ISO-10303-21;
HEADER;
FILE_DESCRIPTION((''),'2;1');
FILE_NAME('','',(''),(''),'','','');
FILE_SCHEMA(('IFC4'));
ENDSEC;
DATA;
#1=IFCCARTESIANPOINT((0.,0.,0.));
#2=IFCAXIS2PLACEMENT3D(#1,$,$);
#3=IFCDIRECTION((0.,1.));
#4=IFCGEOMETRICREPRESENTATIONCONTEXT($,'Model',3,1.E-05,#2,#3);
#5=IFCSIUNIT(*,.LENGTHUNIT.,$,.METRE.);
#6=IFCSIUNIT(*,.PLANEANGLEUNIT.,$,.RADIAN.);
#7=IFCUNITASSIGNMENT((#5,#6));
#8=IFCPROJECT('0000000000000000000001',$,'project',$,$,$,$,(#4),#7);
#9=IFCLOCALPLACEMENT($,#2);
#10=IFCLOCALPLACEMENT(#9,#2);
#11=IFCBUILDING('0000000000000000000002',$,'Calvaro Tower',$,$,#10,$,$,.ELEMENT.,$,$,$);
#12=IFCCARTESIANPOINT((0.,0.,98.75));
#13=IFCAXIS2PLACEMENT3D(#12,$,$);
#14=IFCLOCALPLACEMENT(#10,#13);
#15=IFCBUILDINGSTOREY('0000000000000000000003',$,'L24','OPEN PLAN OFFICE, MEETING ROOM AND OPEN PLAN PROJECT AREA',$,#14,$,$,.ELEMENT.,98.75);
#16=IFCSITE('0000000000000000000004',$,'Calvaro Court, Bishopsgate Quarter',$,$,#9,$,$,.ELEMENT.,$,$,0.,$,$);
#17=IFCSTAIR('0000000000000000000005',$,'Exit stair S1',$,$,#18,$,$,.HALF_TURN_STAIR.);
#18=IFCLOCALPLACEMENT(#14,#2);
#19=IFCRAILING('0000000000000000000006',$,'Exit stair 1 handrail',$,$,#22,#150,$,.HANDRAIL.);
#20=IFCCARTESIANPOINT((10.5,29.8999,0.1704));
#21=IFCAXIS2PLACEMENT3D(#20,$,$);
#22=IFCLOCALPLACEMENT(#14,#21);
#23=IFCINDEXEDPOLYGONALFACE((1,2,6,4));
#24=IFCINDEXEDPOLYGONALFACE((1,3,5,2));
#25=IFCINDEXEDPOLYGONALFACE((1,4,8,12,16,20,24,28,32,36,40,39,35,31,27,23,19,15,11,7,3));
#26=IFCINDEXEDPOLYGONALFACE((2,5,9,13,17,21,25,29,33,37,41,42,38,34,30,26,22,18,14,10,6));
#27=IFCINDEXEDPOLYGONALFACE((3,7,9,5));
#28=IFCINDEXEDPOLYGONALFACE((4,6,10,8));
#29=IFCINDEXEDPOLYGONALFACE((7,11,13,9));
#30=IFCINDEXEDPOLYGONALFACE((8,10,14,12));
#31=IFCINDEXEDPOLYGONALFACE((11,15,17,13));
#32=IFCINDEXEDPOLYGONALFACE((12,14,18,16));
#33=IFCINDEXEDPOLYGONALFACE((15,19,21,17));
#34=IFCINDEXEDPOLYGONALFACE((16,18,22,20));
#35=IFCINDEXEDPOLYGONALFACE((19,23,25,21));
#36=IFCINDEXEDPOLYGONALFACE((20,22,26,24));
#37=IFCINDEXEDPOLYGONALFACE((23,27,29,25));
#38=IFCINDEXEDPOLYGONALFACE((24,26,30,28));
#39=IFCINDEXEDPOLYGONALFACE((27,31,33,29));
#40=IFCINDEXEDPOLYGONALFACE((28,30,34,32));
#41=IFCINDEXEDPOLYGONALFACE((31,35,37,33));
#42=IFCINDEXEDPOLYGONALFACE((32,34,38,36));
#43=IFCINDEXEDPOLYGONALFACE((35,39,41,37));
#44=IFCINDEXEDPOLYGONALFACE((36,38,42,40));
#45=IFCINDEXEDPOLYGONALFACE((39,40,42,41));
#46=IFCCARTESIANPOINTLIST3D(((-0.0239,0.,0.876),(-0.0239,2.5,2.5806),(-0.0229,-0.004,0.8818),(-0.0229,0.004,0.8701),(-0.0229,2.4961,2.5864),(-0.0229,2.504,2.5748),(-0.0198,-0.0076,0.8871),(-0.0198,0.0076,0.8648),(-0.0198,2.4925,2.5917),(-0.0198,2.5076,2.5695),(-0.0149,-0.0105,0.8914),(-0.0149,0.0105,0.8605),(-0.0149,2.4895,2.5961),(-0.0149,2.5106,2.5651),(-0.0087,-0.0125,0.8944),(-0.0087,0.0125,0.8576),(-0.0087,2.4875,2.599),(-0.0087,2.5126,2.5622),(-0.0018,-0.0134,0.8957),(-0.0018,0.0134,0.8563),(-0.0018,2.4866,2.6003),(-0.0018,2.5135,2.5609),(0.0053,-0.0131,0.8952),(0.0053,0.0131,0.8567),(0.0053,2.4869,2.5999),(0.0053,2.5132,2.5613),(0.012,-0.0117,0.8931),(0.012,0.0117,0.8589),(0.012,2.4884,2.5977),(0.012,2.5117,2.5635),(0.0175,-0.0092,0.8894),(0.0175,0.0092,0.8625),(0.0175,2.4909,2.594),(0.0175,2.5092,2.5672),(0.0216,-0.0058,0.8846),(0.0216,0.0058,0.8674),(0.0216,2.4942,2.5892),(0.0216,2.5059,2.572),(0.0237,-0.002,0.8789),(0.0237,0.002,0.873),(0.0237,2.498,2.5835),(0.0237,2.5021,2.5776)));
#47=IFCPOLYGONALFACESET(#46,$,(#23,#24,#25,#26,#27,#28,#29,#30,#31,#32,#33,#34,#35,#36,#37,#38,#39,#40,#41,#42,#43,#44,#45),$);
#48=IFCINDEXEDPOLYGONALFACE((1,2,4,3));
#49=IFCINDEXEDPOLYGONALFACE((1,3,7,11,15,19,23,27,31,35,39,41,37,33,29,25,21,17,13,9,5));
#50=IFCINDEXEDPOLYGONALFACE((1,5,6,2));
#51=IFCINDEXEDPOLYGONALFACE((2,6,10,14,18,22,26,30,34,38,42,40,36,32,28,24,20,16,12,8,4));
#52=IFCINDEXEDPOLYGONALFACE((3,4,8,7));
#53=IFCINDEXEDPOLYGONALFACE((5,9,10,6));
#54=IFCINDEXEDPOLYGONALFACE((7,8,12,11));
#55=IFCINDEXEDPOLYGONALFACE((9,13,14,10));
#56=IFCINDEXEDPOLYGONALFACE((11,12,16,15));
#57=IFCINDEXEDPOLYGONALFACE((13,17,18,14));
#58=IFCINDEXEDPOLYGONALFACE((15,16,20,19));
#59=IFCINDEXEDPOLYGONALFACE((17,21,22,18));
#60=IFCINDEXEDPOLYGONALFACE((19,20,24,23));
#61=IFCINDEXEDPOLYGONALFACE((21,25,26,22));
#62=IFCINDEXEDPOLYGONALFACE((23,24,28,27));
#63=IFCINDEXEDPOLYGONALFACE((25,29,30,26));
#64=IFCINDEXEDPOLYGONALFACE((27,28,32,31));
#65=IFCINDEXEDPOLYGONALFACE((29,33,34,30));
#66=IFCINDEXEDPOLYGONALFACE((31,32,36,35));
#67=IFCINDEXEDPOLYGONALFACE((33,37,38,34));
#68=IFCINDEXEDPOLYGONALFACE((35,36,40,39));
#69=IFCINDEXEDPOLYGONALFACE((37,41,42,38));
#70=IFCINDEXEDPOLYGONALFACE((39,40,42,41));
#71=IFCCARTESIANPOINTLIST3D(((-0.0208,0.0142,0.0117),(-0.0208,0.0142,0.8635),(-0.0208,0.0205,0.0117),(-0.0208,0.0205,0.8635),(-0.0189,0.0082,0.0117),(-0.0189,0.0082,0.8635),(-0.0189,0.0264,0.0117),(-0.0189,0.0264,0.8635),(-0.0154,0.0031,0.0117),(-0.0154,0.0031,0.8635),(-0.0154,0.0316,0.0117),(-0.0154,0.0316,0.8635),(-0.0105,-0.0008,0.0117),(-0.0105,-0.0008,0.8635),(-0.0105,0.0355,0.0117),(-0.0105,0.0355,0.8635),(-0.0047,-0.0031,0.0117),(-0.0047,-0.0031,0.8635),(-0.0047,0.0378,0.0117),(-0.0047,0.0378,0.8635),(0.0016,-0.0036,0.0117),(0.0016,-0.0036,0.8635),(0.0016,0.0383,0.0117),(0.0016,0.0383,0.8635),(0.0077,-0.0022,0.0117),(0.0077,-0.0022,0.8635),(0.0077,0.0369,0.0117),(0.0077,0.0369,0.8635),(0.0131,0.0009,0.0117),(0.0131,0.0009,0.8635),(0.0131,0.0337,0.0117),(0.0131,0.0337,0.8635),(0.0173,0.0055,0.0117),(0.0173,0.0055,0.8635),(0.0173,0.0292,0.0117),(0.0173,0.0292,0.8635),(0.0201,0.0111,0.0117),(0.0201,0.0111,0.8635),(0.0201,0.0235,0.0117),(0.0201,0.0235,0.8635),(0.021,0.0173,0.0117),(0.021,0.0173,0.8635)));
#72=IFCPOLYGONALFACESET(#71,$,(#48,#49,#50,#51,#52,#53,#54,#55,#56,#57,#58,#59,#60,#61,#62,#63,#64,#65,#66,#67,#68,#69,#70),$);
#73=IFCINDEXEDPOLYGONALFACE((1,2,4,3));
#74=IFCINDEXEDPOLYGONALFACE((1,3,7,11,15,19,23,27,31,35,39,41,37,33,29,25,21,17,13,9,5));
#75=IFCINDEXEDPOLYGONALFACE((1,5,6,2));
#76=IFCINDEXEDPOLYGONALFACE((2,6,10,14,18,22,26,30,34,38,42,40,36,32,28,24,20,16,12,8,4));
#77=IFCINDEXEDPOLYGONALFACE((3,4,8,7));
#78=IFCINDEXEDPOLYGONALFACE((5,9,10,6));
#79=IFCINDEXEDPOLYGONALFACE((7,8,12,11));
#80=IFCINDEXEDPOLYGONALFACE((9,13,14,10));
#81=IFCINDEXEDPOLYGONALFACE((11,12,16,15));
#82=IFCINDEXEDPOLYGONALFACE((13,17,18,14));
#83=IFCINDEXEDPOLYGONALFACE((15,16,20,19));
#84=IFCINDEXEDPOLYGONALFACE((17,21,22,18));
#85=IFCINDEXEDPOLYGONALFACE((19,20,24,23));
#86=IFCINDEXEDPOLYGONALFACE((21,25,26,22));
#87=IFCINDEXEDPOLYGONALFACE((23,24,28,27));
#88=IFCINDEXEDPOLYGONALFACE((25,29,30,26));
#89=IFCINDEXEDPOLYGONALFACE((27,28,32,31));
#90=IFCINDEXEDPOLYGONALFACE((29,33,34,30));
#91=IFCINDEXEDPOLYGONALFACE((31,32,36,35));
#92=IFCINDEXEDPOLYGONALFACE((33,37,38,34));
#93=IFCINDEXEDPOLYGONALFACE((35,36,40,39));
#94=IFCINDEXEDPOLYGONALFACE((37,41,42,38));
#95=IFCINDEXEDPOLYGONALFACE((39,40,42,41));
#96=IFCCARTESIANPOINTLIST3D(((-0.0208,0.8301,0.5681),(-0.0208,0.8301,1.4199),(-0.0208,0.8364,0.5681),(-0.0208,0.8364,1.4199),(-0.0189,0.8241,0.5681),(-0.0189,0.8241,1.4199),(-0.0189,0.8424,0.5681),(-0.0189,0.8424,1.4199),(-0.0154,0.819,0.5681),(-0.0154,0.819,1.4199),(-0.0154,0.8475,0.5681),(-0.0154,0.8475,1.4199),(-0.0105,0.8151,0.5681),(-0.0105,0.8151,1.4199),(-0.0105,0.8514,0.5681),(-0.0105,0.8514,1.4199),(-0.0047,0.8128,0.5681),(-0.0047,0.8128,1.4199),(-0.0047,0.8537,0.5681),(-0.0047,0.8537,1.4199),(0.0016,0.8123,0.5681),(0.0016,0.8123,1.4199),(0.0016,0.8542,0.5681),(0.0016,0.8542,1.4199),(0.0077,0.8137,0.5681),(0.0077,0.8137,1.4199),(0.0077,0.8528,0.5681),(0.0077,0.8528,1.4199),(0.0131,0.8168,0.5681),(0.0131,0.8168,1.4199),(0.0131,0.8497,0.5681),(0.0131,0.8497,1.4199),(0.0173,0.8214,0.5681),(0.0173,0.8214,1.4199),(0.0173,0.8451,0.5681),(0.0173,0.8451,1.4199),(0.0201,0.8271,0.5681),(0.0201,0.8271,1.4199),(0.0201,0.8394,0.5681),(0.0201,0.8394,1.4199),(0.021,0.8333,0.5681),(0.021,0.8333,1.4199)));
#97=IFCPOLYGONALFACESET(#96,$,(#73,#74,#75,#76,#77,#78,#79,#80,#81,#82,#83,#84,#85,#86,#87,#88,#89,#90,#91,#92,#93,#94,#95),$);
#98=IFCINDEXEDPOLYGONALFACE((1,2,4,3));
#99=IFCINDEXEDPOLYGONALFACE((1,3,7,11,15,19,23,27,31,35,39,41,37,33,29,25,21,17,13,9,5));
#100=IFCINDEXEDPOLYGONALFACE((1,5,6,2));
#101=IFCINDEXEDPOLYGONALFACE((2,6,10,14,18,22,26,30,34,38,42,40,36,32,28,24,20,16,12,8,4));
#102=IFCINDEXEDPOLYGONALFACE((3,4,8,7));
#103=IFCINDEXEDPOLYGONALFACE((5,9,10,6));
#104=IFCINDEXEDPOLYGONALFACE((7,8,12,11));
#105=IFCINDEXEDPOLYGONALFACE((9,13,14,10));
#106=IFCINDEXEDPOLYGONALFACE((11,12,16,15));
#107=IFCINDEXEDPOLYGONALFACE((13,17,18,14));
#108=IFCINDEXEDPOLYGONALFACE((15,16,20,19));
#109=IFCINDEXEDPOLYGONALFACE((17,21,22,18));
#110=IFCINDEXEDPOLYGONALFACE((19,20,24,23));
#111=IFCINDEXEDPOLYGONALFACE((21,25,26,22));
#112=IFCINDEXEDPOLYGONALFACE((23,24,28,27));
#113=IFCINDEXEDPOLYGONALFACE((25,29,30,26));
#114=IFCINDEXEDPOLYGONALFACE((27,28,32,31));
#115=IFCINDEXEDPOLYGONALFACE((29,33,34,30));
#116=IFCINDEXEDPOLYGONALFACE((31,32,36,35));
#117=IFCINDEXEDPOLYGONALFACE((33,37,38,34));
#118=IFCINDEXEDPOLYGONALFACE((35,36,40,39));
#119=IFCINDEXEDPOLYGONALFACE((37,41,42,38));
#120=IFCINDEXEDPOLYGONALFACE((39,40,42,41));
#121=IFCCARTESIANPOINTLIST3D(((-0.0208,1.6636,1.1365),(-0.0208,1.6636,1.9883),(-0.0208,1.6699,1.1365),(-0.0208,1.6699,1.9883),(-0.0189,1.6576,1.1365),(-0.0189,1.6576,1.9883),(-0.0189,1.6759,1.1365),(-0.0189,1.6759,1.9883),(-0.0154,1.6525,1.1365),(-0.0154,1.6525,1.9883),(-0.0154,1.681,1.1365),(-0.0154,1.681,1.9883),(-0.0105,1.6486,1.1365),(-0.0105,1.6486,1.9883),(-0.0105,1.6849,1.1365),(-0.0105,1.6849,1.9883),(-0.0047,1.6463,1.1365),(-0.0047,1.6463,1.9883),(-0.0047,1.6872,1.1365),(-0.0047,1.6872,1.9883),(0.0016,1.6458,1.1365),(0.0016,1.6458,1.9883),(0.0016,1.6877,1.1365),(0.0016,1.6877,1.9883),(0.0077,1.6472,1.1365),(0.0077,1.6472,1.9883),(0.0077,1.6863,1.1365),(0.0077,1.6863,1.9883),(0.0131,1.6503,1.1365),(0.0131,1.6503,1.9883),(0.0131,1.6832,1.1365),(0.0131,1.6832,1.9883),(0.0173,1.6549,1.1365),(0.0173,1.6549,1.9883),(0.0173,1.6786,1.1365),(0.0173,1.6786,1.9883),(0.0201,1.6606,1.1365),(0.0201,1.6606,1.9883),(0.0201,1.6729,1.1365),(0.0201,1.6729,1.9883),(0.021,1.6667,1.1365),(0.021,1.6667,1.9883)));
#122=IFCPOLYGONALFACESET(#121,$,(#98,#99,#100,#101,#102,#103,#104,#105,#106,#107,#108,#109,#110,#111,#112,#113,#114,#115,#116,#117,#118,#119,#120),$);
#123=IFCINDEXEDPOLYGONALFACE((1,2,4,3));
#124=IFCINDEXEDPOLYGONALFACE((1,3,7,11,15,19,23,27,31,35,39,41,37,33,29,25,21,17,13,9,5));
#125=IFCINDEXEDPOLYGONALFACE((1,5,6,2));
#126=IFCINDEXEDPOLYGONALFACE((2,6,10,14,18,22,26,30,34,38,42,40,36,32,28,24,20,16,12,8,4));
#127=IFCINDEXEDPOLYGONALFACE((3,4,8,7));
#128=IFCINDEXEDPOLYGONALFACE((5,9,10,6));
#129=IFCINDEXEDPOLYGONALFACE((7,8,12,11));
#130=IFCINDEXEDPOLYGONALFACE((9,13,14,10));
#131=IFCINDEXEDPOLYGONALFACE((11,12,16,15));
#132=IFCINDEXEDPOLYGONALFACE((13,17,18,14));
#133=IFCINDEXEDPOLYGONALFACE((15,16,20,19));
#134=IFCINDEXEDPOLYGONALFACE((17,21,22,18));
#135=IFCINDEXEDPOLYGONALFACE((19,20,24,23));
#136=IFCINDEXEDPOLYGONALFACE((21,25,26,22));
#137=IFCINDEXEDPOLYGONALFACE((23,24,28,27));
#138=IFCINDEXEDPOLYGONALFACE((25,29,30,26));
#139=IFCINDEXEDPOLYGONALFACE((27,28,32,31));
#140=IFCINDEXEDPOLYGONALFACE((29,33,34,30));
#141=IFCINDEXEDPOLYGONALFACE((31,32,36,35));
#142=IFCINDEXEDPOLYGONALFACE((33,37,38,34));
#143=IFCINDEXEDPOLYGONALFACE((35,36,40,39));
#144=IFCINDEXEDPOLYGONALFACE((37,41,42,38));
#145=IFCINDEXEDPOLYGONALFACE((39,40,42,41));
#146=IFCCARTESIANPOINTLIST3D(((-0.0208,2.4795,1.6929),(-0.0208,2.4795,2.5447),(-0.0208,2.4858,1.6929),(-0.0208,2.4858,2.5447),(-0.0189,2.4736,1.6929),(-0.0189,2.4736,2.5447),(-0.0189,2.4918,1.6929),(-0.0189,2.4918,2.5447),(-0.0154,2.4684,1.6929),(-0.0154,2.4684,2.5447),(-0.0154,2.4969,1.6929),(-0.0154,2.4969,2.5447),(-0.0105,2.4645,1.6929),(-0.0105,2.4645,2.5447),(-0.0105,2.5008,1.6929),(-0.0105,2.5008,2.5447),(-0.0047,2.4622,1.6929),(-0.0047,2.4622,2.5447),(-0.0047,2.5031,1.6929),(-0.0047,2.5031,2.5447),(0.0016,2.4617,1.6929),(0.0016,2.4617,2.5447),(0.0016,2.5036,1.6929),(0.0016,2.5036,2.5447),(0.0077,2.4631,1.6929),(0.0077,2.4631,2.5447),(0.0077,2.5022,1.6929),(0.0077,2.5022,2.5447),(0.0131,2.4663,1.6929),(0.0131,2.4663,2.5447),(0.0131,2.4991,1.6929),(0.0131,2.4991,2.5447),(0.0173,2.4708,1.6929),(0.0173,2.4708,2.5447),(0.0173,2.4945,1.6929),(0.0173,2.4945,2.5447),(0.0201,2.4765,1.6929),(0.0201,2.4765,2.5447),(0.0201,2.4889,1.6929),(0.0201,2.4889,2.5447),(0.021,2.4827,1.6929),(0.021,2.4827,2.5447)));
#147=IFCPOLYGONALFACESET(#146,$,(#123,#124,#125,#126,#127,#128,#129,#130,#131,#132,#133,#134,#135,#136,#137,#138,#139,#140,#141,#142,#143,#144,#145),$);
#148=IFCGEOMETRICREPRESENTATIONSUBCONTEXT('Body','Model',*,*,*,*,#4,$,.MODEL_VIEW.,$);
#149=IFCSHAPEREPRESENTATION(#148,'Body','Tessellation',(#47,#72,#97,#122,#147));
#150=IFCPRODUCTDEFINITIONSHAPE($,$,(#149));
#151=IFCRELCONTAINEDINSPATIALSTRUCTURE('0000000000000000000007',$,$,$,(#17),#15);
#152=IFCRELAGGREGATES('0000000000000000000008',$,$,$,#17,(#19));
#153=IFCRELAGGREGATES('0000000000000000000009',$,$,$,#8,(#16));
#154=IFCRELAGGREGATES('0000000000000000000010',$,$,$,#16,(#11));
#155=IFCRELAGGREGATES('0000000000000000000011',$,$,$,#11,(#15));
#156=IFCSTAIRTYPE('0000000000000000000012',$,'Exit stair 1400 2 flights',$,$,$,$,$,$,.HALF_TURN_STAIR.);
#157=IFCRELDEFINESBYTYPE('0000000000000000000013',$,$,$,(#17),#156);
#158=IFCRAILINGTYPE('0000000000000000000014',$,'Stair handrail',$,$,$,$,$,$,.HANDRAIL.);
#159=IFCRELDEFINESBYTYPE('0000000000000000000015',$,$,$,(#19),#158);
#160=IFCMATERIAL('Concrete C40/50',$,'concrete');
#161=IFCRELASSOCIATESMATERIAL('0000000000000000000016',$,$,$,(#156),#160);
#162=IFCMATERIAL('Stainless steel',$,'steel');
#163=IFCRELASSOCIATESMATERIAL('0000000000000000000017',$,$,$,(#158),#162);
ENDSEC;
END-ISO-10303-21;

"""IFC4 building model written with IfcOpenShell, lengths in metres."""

from ifc_helpers import new_model, si_unit, direction, frame, origin, origin_2d, place, context, subcontext, project, spatial, circle, extrude, material, type_object, element, aggregate, save


model = new_model("IFC4")

# Units and contexts
model_context = context("Model", 3, precision=1e-05, world=origin(), true_north=direction((0.0, 1.0)))
body_context = subcontext(model_context, "Body", "Model", "MODEL_VIEW")
ifc_project = project(units=[si_unit("LENGTHUNIT", "METRE"), si_unit("PLANEANGLEUNIT", "RADIAN")], contexts=[model_context])

# Site, building, storey
site_placement = place(None, origin())
site = spatial("IfcSite", under=ifc_project, at=site_placement, Name="Calvaro Court, Bishopsgate Quarter", CompositionType="ELEMENT", RefElevation=0.0)
building_placement = place(site_placement, origin())
building = spatial("IfcBuilding", under=site, at=building_placement, Name="Calvaro Tower", CompositionType="ELEMENT")
storey_placement = place(building_placement, frame((0.0, 0.0, 98.75)))
storey = spatial("IfcBuildingStorey", under=building, at=storey_placement, Name="L24", Description="OPEN PLAN OFFICE, MEETING ROOM AND OPEN PLAN PROJECT AREA", CompositionType="ELEMENT", Elevation=98.75)

# Stair, railing
ifc_material_1 = material(Name="Concrete C40/50", Category="concrete")
stair_type = type_object("IfcStairType", Name="Exit stair 1400 2 flights", PredefinedType="HALF_TURN_STAIR", material=ifc_material_1)
stair_placement = place(storey_placement, origin())
stair = element("IfcStair", 1, at=stair_placement, inside=storey, type_object=stair_type, Name="Exit stair S1", PredefinedType="HALF_TURN_STAIR")
ifc_material_2 = material(Name="Stainless steel", Category="steel")
railing_type = type_object("IfcRailingType", Name="Stair handrail", PredefinedType="HANDRAIL", material=ifc_material_2)
railing_1_placement = place(storey_placement, frame((10.5, 29.8999, 0.1704)))
railing_1 = element("IfcRailing", 2, at=railing_1_placement, type_object=railing_type, Name="Exit stair 1 handrail", PredefinedType="HANDRAIL", context=body_context, shape_type="SweptSolid", body=[
    extrude(circle(Radius=0.0239, at=origin_2d()), frame((0.0, 0.0, 0.876), z_axis=(0.0, 0.826221, 0.563347), x_axis=(-1.0, 0.0, 0.0)), (0.0, 0.0, 1.0), 3.0259),
    extrude(circle(Radius=0.021, at=origin_2d()), frame((0.0, 0.0173, 0.0117)), (0.0, 0.0, 1.0), 0.8518),
    extrude(circle(Radius=0.021, at=origin_2d()), frame((0.0, 0.8333, 0.5681)), (0.0, 0.0, 1.0), 0.8518),
    extrude(circle(Radius=0.021, at=origin_2d()), frame((0.0, 1.6667, 1.1365)), (0.0, 0.0, 1.0), 0.8518),
    extrude(circle(Radius=0.021, at=origin_2d()), frame((0.0, 2.4827, 1.6929)), (0.0, 0.0, 1.0), 0.8518),
])
aggregate(stair, [railing_1])

save(model, "model.ifc")
